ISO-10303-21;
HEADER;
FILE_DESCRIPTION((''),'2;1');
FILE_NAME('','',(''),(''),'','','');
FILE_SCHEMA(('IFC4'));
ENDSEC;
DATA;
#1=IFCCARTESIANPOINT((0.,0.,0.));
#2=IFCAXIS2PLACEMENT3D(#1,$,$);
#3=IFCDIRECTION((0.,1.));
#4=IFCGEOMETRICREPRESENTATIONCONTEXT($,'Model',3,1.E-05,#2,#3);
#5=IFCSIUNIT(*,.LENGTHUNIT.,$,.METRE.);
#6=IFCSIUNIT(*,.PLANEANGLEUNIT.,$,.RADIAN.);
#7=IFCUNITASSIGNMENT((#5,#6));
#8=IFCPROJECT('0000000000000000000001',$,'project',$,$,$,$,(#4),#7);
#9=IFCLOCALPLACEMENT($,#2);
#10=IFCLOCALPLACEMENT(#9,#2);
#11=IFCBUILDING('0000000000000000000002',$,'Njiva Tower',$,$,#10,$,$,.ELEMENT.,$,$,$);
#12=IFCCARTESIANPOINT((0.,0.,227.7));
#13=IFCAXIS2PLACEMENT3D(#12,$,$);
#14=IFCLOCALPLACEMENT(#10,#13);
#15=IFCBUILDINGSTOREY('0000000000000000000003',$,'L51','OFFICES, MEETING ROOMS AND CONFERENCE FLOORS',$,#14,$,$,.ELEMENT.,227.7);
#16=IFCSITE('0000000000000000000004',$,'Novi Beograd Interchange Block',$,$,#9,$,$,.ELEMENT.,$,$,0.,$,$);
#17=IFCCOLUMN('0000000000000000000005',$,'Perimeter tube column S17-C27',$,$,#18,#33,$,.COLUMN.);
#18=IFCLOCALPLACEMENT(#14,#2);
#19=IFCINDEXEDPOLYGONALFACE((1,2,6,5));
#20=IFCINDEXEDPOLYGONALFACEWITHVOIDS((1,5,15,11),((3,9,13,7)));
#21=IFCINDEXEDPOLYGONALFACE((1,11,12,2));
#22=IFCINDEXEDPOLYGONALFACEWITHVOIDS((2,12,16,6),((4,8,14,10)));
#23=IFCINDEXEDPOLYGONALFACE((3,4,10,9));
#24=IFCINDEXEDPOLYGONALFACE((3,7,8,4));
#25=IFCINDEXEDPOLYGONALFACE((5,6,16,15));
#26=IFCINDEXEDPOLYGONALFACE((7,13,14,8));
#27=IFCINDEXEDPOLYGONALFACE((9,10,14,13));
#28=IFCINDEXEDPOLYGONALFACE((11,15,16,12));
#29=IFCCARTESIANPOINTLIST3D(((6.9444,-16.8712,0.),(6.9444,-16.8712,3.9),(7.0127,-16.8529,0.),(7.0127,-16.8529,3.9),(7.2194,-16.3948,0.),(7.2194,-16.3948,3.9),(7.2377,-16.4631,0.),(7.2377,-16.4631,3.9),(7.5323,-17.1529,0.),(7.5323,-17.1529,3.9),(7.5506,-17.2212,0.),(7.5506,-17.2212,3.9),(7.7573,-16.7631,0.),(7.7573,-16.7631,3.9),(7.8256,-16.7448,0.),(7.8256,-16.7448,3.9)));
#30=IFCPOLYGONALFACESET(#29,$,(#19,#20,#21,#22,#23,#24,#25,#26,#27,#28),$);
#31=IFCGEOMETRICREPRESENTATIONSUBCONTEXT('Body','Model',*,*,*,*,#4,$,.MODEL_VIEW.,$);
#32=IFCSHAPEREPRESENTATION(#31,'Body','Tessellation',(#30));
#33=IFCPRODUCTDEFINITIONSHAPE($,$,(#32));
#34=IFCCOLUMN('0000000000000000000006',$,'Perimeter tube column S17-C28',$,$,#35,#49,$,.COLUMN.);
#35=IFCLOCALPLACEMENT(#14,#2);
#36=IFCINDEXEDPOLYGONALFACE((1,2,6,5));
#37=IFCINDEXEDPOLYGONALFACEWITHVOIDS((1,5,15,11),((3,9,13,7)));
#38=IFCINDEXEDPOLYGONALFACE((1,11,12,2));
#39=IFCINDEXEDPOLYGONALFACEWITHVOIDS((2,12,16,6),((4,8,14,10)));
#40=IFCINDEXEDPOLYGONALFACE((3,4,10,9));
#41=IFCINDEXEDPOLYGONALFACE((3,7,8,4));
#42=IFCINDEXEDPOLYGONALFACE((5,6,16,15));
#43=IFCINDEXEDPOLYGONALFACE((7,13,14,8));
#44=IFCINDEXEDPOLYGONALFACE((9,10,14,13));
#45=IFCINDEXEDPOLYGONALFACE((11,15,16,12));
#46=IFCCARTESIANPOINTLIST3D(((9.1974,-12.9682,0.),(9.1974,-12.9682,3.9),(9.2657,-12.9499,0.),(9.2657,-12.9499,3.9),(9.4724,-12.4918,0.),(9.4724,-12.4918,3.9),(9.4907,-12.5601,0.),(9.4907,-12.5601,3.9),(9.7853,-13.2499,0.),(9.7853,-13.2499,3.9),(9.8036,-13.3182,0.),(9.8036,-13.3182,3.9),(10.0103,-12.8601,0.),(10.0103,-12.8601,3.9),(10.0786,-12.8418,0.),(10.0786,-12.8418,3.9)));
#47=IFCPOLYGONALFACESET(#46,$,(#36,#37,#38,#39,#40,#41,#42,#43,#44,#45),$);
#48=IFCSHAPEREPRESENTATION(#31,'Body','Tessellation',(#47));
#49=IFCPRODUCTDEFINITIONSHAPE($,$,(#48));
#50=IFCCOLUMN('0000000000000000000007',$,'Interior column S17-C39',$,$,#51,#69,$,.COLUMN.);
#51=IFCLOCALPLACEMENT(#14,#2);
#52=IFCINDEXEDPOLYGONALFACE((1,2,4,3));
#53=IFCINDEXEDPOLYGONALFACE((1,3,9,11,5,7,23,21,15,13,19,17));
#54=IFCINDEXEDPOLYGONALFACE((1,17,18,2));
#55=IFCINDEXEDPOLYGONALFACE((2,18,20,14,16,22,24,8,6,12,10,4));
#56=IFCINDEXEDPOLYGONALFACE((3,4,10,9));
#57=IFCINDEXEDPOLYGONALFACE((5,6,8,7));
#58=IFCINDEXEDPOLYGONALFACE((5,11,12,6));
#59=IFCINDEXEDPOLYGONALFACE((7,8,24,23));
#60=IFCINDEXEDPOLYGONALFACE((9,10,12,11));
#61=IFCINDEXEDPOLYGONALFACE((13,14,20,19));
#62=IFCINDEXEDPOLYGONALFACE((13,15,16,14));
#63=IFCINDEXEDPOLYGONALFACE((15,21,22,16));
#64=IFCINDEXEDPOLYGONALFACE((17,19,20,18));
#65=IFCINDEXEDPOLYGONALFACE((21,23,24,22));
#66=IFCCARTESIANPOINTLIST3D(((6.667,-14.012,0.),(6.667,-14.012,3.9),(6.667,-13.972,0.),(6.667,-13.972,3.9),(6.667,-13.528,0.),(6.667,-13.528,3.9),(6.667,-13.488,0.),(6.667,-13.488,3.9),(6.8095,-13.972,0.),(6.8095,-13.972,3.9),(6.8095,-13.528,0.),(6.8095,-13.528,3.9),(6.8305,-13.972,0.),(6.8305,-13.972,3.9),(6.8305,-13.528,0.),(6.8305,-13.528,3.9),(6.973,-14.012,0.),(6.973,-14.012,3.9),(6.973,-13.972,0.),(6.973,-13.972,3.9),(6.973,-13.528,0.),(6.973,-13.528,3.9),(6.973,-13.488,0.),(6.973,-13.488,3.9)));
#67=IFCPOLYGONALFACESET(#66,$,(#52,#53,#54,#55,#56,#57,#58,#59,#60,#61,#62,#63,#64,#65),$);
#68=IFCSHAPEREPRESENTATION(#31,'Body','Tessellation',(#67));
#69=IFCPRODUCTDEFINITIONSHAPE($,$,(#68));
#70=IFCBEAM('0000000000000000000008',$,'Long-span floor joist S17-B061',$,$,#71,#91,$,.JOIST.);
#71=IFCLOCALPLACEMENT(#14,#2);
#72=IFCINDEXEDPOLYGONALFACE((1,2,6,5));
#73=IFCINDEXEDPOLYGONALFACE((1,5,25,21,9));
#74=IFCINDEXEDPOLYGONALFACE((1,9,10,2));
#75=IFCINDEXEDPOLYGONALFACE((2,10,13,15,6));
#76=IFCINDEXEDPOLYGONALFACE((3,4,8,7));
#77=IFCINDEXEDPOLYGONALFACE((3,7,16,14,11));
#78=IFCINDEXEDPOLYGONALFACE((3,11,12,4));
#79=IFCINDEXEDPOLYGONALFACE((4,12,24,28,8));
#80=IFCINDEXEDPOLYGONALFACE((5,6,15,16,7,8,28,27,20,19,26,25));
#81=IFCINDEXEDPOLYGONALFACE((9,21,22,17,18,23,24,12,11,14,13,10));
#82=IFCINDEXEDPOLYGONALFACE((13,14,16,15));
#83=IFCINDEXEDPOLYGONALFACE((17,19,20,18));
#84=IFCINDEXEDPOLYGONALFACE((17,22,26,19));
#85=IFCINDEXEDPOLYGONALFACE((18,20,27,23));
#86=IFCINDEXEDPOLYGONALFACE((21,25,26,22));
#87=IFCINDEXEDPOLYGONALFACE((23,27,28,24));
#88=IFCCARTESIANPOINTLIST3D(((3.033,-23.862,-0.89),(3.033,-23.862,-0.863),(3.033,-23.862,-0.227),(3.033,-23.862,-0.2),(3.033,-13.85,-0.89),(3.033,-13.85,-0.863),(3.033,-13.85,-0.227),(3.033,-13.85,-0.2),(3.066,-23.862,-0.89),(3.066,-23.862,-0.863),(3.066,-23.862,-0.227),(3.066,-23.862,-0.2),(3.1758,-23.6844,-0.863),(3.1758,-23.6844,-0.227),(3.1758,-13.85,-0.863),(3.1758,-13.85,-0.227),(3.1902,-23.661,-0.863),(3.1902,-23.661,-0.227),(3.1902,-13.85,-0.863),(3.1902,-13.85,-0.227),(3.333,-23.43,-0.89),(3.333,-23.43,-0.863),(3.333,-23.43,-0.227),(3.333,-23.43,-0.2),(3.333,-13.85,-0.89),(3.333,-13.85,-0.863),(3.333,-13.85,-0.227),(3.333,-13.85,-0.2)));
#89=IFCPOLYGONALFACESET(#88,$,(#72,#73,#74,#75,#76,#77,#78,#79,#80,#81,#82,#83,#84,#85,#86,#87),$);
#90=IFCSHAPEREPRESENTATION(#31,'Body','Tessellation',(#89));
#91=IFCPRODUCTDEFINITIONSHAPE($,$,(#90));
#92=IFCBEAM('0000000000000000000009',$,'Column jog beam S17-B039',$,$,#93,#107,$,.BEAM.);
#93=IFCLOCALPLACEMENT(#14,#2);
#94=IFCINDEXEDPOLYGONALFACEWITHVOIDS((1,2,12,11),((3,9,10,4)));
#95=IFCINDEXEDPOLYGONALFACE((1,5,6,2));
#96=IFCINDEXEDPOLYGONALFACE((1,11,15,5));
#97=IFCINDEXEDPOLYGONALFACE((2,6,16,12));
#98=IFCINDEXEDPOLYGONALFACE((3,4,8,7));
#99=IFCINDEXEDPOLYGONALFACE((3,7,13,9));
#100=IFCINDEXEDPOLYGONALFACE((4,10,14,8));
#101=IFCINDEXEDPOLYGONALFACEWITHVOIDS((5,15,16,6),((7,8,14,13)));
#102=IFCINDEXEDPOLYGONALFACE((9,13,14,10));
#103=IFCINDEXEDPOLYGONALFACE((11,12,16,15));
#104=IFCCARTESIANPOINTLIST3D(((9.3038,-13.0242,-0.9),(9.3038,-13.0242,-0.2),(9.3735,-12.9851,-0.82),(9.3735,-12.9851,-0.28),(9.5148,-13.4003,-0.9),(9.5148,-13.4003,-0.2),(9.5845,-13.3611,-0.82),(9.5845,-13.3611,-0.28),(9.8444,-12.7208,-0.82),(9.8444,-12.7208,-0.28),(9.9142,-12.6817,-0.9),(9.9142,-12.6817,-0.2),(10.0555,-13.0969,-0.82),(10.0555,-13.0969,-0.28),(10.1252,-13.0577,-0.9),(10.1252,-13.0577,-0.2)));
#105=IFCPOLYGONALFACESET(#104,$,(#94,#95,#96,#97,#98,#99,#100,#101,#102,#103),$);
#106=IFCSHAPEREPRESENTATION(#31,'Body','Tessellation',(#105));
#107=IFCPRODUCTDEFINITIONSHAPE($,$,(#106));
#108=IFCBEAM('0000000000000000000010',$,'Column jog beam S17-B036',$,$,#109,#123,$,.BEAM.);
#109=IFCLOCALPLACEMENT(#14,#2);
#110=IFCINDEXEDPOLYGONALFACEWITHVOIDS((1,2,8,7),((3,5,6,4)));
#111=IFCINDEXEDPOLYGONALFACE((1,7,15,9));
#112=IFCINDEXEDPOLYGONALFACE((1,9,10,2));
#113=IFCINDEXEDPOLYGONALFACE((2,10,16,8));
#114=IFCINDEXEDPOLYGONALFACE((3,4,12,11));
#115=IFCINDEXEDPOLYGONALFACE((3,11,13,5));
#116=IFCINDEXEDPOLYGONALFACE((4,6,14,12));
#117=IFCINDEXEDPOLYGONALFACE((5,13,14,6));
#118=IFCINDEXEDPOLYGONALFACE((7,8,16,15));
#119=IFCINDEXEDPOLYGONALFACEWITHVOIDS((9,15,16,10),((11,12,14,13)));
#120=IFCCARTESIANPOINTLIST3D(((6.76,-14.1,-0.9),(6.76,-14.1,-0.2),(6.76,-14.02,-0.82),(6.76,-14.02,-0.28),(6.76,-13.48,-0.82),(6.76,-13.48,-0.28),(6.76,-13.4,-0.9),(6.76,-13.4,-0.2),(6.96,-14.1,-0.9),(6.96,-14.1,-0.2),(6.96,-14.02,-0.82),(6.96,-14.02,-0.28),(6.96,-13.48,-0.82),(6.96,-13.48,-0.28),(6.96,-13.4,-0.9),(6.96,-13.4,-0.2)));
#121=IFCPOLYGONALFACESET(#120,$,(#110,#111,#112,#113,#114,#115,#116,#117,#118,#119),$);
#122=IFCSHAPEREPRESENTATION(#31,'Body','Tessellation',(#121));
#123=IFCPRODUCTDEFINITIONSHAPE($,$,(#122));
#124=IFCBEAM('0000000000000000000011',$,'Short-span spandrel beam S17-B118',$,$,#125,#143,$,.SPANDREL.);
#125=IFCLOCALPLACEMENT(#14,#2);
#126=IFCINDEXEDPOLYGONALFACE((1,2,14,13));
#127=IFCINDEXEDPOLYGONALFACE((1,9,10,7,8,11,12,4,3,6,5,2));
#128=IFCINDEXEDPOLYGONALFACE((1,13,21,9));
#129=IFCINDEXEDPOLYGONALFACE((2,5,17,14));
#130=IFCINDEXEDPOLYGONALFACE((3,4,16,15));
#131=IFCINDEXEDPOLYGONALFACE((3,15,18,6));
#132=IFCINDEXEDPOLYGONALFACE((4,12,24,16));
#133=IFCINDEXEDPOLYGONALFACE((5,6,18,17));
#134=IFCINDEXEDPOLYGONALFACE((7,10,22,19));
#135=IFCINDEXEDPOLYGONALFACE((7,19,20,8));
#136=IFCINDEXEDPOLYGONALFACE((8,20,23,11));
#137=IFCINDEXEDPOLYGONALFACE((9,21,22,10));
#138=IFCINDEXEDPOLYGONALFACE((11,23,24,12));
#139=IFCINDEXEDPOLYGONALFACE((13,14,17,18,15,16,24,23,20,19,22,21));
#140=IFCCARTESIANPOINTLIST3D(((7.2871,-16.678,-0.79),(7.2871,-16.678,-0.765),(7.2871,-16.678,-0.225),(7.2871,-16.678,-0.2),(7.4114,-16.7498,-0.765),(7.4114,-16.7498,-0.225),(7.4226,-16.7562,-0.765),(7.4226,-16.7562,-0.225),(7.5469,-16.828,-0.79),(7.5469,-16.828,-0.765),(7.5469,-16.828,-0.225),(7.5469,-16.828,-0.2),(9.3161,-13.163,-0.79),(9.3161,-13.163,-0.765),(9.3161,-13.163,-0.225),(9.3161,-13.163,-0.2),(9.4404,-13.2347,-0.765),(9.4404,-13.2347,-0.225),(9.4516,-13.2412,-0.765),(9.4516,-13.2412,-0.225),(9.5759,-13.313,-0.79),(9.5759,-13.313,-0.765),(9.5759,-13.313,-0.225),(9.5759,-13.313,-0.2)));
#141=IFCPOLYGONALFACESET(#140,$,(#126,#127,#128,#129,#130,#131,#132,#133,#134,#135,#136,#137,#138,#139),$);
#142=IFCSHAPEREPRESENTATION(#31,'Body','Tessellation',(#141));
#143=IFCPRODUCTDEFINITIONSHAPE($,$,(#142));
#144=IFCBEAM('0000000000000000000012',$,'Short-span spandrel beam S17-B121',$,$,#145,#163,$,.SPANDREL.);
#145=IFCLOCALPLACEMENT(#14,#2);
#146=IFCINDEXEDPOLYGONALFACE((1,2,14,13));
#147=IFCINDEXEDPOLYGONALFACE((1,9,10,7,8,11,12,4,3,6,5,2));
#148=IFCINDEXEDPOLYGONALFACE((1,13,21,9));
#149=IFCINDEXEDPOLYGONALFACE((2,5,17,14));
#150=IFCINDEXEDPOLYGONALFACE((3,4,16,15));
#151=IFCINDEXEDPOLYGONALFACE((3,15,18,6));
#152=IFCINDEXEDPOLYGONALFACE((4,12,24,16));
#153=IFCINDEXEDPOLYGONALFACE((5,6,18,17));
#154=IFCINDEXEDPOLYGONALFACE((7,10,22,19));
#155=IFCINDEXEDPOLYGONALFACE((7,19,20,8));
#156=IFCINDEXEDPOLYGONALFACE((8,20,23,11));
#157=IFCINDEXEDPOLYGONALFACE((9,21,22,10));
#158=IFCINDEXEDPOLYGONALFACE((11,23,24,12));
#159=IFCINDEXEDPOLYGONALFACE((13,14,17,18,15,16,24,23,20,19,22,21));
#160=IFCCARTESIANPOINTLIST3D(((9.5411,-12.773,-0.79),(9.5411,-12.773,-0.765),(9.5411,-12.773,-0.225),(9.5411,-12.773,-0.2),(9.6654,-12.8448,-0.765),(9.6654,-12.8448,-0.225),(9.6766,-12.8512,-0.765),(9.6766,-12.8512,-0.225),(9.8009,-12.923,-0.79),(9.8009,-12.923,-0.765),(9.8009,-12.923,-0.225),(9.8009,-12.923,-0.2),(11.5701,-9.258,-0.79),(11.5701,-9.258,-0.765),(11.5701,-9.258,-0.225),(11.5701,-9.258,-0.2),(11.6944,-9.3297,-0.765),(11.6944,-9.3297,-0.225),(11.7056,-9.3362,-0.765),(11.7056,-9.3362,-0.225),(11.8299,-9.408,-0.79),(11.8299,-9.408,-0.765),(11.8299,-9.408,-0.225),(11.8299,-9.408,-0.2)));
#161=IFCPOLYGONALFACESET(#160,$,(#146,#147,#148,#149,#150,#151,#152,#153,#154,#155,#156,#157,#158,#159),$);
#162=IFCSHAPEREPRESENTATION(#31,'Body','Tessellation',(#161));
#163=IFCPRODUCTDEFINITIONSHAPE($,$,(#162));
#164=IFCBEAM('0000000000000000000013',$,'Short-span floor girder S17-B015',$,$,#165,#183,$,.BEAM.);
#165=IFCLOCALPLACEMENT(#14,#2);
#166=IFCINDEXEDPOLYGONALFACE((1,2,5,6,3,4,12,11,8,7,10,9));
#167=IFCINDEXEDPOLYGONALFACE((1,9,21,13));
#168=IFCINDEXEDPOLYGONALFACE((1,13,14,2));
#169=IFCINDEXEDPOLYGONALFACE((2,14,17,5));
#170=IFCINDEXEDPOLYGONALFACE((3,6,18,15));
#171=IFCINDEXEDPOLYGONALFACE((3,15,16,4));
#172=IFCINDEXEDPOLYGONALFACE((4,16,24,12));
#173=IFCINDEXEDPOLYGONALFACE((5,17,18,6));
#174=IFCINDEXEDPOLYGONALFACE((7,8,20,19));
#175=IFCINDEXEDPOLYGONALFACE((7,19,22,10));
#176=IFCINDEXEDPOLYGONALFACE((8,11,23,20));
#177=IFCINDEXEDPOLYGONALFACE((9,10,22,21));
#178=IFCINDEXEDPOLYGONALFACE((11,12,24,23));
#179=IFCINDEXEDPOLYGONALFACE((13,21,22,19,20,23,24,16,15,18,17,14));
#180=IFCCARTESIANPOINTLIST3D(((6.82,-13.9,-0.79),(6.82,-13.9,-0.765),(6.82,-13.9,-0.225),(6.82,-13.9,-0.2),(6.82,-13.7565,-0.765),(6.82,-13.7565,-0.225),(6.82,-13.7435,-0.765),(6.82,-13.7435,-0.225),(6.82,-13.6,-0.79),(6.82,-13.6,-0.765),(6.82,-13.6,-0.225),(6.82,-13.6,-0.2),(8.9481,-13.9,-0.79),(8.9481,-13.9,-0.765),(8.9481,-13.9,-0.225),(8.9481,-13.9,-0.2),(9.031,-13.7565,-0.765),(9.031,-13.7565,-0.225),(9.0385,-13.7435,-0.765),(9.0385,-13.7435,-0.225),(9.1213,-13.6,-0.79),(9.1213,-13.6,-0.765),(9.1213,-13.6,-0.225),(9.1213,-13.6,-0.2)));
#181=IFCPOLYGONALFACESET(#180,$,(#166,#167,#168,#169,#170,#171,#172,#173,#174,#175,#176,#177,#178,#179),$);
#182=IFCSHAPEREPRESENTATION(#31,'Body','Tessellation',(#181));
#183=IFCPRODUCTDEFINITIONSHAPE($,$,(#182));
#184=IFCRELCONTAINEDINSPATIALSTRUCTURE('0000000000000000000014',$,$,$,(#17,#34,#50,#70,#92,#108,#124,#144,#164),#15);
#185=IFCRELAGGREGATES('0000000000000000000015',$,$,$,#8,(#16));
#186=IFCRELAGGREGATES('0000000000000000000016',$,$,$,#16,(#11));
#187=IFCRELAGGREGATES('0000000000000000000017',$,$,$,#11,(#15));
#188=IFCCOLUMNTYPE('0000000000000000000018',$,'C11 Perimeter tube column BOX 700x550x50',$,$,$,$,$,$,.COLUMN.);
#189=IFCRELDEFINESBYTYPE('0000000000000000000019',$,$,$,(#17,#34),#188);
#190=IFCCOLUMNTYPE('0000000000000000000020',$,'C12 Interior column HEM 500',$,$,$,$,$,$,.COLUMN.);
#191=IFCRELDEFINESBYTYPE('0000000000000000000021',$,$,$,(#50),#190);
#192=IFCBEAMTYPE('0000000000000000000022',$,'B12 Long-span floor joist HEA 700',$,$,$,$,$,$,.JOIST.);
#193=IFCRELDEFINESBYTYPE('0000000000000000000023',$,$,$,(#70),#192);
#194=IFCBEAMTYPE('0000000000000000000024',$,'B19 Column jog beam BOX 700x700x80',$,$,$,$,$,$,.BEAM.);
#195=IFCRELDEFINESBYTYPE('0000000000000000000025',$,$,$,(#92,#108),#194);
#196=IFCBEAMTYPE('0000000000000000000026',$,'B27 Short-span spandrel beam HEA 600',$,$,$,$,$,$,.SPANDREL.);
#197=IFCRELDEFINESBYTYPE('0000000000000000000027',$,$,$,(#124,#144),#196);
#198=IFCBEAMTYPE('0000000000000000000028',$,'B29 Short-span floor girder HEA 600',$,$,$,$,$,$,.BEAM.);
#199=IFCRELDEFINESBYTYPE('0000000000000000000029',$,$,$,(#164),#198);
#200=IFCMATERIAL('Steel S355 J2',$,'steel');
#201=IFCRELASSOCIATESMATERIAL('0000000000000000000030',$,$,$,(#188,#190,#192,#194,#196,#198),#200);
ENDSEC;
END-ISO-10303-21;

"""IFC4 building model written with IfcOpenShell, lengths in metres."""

from ifc_helpers import new_model, si_unit, direction, frame, origin, origin_2d, place, context, subcontext, project, spatial, hollow_rectangle, i_section, extrude, clip, halfspace, material, material_profile, profile_set, type_object, element, save


model = new_model("IFC4")

# Units and contexts
model_context = context("Model", 3, precision=1e-05, world=origin(), true_north=direction((0.0, 1.0)))
body_context = subcontext(model_context, "Body", "Model", "MODEL_VIEW")
ifc_project = project(units=[si_unit("LENGTHUNIT", "METRE"), si_unit("PLANEANGLEUNIT", "RADIAN")], contexts=[model_context])

# Site, building, storey
site_placement = place(None, origin())
site = spatial("IfcSite", under=ifc_project, at=site_placement, Name="Novi Beograd Interchange Block", CompositionType="ELEMENT", RefElevation=0.0)
building_placement = place(site_placement, origin())
building = spatial("IfcBuilding", under=site, at=building_placement, Name="Njiva Tower", CompositionType="ELEMENT")
storey_placement = place(building_placement, frame((0.0, 0.0, 227.7)))
storey = spatial("IfcBuildingStorey", under=building, at=storey_placement, Name="L51", Description="OFFICES, MEETING ROOMS AND CONFERENCE FLOORS", CompositionType="ELEMENT", Elevation=227.7)

# Columns
ifc_material_1 = material(Name="Steel S355 J2", Category="steel")
ifc_material_profile_1 = material_profile(ifc_material_1, hollow_rectangle(XDim=0.55, YDim=0.7, WallThickness=0.05, at=origin_2d()), Name="BOX 700x550x50")
ifc_profile_set_1 = profile_set([ifc_material_profile_1], Name="Steel S355 J2")
column_type_1 = type_object("IfcColumnType", Name="C11 Perimeter tube column BOX 700x550x50", PredefinedType="COLUMN", material=ifc_profile_set_1)
for number, where, z_axis, x_axis, name in (
    (1, (7.385, -16.808, 0.0), (0.0, 0.0, 1.0), (0.5, 0.866025, 0.0), "Perimeter tube column S17-C27"),
    (2, (9.638, -12.905, 0.0), (0.0, 0.0, 1.0), (0.5, 0.866025, 0.0), "Perimeter tube column S17-C28"),
):
    element("IfcColumn", number, at=place(storey_placement, frame(where, z_axis=z_axis, x_axis=x_axis)), inside=storey, type_object=column_type_1, Name=name, PredefinedType="COLUMN", context=body_context, shape_type="SweptSolid", body=[
        extrude(hollow_rectangle(XDim=0.55, YDim=0.7, WallThickness=0.05, at=origin_2d()), origin(), (0.0, 0.0, 1.0), 3.9),
    ])
ifc_material_profile_2 = material_profile(ifc_material_1, i_section(OverallWidth=0.306, OverallDepth=0.524, WebThickness=0.021, FlangeThickness=0.04, at=origin_2d()), Name="HEM 500")
ifc_profile_set_2 = profile_set([ifc_material_profile_2], Name="Steel S355 J2")
column_type_2 = type_object("IfcColumnType", Name="C12 Interior column HEM 500", PredefinedType="COLUMN", material=ifc_profile_set_2)
column_placement = place(storey_placement, frame((6.82, -13.75, 0.0), z_axis=(0.0, 0.0, 1.0), x_axis=(1.0, 0.0, 0.0)))
element("IfcColumn", 3, at=column_placement, inside=storey, type_object=column_type_2, Name="Interior column S17-C39", PredefinedType="COLUMN", context=body_context, shape_type="SweptSolid", body=[
    extrude(i_section(OverallWidth=0.306, OverallDepth=0.524, WebThickness=0.021, FlangeThickness=0.04, at=origin_2d()), origin(), (0.0, 0.0, 1.0), 3.9),
])

# Beams
ifc_material_profile_3 = material_profile(ifc_material_1, i_section(OverallWidth=0.3, OverallDepth=0.69, WebThickness=0.0145, FlangeThickness=0.027, at=origin_2d()), Name="HEA 700")
ifc_profile_set_3 = profile_set([ifc_material_profile_3], Name="Steel S355 J2")
beam_type_1 = type_object("IfcBeamType", Name="B12 Long-span floor joist HEA 700", PredefinedType="JOIST", material=ifc_profile_set_3)
beam_1_placement = place(storey_placement, frame((3.183, -13.85, -0.545), z_axis=(0.0, -1.0, 0.0), x_axis=(1.0, 0.0, 0.0)))
element("IfcBeam", 4, at=beam_1_placement, inside=storey, type_object=beam_type_1, Name="Long-span floor joist S17-B061", PredefinedType="JOIST", context=body_context, shape_type="Clipping", body=[
    clip(extrude(i_section(OverallWidth=0.3, OverallDepth=0.69, WebThickness=0.0145, FlangeThickness=0.027, at=origin_2d()), origin(), (0.0, 0.0, 1.0), 10.012), halfspace(frame((0.0429, 0.0, 9.7533), z_axis=(0.850616, 0.0, 0.525788), x_axis=(0.0, 1.0, 0.0)), False)),
])
ifc_material_profile_4 = material_profile(ifc_material_1, hollow_rectangle(XDim=0.7, YDim=0.7, WallThickness=0.08, at=origin_2d()), Name="BOX 700x700x80")
ifc_profile_set_4 = profile_set([ifc_material_profile_4], Name="Steel S355 J2")
beam_type_2 = type_object("IfcBeamType", Name="B19 Column jog beam BOX 700x700x80", PredefinedType="BEAM", material=ifc_profile_set_4)
beam_2_placement = place(storey_placement, frame((9.82, -13.229, -0.55), z_axis=(-0.48938, 0.872071, 0.0), x_axis=(-0.872071, -0.48938, 0.0)))
element("IfcBeam", 5, at=beam_2_placement, inside=storey, type_object=beam_type_2, Name="Column jog beam S17-B039", PredefinedType="BEAM", context=body_context, shape_type="SweptSolid", body=[
    extrude(hollow_rectangle(XDim=0.7, YDim=0.7, WallThickness=0.08, at=origin_2d()), origin(), (0.0, 0.0, 1.0), 0.4312),
])
beam_3_placement = place(storey_placement, frame((6.96, -13.75, -0.55), z_axis=(-1.0, 0.0, 0.0), x_axis=(0.0, -1.0, 0.0)))
element("IfcBeam", 6, at=beam_3_placement, inside=storey, type_object=beam_type_2, Name="Column jog beam S17-B036", PredefinedType="BEAM", context=body_context, shape_type="SweptSolid", body=[
    extrude(hollow_rectangle(XDim=0.7, YDim=0.7, WallThickness=0.08, at=origin_2d()), origin(), (0.0, 0.0, 1.0), 0.2),
])
ifc_material_profile_5 = material_profile(ifc_material_1, i_section(OverallWidth=0.3, OverallDepth=0.59, WebThickness=0.013, FlangeThickness=0.025, at=origin_2d()), Name="HEA 600")
ifc_profile_set_5 = profile_set([ifc_material_profile_5], Name="Steel S355 J2")
beam_type_3 = type_object("IfcBeamType", Name="B27 Short-span spandrel beam HEA 600", PredefinedType="SPANDREL", material=ifc_profile_set_5)
for number, where, z_axis, x_axis, name in (
    (7, (7.417, -16.753, -0.495), (0.499929, 0.866067, 0.0), (-0.866067, 0.499929, 0.0), "Short-span spandrel beam S17-B118"),
    (8, (9.671, -12.848, -0.495), (0.499929, 0.866067, 0.0), (-0.866067, 0.499929, 0.0), "Short-span spandrel beam S17-B121"),
):
    element("IfcBeam", number, at=place(storey_placement, frame(where, z_axis=z_axis, x_axis=x_axis)), inside=storey, type_object=beam_type_3, Name=name, PredefinedType="SPANDREL", context=body_context, shape_type="SweptSolid", body=[
        extrude(i_section(OverallWidth=0.3, OverallDepth=0.59, WebThickness=0.013, FlangeThickness=0.025, at=origin_2d()), origin(), (0.0, 0.0, 1.0), 4.0586),
    ])
ifc_material_profile_6 = material_profile(ifc_material_1, i_section(OverallWidth=0.3, OverallDepth=0.59, WebThickness=0.013, FlangeThickness=0.025, at=origin_2d()), Name="HEA 600")
ifc_profile_set_6 = profile_set([ifc_material_profile_6], Name="Steel S355 J2")
beam_type_4 = type_object("IfcBeamType", Name="B29 Short-span floor girder HEA 600", PredefinedType="BEAM", material=ifc_profile_set_6)
beam_4_placement = place(storey_placement, frame((6.82, -13.75, -0.495), z_axis=(1.0, 0.0, 0.0), x_axis=(0.0, 1.0, 0.0)))
element("IfcBeam", 9, at=beam_4_placement, inside=storey, type_object=beam_type_4, Name="Short-span floor girder S17-B015", PredefinedType="BEAM", context=body_context, shape_type="Clipping", body=[
    clip(extrude(i_section(OverallWidth=0.3, OverallDepth=0.59, WebThickness=0.013, FlangeThickness=0.025, at=origin_2d()), origin(), (0.0, 0.0, 1.0), 2.322), halfspace(frame((-0.025, 0.0, 2.2003), z_axis=(-0.499998, 0.0, 0.866027), x_axis=(0.0, 1.0, 0.0)), False)),
])

save(model, "model.ifc")
